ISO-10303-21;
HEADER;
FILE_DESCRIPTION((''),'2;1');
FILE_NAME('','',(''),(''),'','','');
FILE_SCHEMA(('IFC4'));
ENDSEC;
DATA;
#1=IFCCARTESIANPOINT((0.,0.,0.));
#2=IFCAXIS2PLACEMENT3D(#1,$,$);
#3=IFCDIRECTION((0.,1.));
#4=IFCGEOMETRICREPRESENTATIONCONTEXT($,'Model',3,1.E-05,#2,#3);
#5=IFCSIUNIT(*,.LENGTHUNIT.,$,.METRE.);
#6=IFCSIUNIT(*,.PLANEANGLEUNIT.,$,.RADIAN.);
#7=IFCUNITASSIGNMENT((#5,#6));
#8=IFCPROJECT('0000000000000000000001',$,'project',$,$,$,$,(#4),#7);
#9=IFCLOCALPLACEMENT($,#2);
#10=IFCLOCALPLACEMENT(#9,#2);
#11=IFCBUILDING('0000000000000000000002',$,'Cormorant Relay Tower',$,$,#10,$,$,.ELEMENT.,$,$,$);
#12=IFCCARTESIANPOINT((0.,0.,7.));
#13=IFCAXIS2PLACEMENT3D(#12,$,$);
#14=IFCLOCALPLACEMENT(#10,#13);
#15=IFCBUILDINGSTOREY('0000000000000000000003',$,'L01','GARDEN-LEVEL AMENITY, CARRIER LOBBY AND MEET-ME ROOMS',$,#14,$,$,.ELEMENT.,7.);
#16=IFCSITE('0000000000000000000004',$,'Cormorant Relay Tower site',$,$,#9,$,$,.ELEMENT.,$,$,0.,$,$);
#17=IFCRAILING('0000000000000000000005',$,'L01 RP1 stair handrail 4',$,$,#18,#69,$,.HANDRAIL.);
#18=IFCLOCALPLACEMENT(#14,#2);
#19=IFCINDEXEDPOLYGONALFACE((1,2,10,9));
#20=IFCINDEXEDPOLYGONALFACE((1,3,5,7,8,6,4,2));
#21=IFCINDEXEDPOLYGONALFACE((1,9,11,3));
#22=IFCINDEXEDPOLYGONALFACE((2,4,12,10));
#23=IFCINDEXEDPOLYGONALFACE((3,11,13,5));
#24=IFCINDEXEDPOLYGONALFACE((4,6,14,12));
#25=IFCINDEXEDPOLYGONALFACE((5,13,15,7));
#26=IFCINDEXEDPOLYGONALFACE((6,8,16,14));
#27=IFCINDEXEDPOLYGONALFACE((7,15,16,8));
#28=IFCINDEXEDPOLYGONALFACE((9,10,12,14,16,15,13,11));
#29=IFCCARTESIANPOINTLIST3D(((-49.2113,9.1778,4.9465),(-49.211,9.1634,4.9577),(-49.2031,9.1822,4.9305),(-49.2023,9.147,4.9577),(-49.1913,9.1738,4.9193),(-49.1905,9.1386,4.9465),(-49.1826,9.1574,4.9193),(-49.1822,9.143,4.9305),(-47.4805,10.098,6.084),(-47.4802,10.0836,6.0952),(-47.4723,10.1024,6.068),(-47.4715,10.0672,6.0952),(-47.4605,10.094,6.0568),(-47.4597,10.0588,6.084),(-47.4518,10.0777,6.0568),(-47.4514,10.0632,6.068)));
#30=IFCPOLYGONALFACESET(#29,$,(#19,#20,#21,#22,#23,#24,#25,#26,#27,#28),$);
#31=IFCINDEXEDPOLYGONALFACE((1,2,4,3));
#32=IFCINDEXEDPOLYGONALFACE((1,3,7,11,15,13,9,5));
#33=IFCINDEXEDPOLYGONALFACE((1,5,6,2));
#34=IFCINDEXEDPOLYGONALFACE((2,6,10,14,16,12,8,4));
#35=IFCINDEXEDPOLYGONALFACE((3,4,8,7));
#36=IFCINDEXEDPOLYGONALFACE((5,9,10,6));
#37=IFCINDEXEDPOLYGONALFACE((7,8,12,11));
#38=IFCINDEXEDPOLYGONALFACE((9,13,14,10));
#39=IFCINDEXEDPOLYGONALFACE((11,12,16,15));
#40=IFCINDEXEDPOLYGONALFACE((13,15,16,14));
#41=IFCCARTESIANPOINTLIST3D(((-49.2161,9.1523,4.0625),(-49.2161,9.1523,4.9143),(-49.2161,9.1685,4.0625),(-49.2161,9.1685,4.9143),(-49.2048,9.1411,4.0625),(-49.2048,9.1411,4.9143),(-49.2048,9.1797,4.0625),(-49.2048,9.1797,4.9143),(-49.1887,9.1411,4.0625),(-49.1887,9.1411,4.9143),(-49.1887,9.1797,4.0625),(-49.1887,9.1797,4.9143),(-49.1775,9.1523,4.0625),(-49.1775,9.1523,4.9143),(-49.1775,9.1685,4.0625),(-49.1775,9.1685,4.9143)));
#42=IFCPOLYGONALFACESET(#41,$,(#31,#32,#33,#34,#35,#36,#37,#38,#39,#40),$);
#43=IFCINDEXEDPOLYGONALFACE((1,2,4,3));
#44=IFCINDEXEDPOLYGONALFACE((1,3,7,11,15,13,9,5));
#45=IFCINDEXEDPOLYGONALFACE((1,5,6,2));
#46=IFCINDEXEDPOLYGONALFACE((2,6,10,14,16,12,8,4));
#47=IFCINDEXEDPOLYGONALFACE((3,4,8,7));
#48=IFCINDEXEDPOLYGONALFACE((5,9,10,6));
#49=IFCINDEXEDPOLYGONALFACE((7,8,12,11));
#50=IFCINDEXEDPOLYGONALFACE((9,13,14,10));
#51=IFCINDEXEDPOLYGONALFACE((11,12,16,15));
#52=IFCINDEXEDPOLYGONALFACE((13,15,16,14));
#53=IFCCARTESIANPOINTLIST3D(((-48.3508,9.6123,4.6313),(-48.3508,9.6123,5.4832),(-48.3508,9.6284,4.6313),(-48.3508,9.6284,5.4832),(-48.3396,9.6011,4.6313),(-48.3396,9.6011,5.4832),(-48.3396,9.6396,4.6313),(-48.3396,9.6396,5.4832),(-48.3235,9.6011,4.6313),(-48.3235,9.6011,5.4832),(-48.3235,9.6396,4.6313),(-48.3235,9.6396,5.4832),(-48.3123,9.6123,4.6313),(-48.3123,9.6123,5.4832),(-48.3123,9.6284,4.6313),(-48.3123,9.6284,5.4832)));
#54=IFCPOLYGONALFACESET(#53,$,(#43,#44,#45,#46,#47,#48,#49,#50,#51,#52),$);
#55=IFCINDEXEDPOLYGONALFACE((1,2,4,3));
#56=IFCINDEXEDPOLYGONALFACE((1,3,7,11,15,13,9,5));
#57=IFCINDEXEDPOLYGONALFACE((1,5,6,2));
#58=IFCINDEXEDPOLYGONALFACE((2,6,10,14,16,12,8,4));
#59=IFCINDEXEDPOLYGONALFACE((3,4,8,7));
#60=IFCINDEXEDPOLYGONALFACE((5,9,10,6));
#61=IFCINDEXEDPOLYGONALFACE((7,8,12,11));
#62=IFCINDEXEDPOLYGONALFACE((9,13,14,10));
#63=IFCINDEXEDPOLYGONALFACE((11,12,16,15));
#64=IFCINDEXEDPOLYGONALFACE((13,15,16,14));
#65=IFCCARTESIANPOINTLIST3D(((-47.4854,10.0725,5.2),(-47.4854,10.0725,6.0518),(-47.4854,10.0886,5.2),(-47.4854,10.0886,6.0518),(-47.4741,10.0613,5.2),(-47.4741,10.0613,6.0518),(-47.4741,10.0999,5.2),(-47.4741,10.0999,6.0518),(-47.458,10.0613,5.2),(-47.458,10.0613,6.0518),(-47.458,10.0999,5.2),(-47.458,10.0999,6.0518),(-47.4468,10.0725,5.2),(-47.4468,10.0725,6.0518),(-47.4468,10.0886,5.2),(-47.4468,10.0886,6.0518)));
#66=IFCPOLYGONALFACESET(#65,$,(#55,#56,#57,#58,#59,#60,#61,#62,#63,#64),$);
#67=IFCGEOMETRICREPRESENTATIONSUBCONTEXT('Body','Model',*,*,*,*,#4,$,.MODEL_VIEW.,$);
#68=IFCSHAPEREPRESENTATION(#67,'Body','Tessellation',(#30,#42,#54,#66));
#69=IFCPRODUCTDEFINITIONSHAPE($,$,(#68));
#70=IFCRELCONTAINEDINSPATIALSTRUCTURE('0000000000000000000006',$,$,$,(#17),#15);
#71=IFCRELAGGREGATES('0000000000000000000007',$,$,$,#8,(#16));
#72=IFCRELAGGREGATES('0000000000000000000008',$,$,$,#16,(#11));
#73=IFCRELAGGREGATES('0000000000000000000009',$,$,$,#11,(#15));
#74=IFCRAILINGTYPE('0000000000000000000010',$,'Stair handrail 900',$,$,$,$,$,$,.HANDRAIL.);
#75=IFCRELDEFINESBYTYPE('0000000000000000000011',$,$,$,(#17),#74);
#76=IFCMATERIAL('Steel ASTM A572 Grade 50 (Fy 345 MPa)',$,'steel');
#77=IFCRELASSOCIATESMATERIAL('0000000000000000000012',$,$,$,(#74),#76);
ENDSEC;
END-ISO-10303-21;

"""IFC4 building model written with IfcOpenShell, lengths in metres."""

from ifc_helpers import new_model, si_unit, direction, frame, origin, place, context, subcontext, project, spatial, polyline, outline, extrude, material, type_object, element, save


model = new_model("IFC4")

# Units and contexts
model_context = context("Model", 3, precision=1e-05, world=origin(), true_north=direction((0.0, 1.0)))
body_context = subcontext(model_context, "Body", "Model", "MODEL_VIEW")
ifc_project = project(units=[si_unit("LENGTHUNIT", "METRE"), si_unit("PLANEANGLEUNIT", "RADIAN")], contexts=[model_context])

# Site, building, storey
site_placement = place(None, origin())
site = spatial("IfcSite", under=ifc_project, at=site_placement, Name="Cormorant Relay Tower site", CompositionType="ELEMENT", RefElevation=0.0)
building_placement = place(site_placement, origin())
building = spatial("IfcBuilding", under=site, at=building_placement, Name="Cormorant Relay Tower", CompositionType="ELEMENT")
storey_placement = place(building_placement, frame((0.0, 0.0, 7.0)))
storey = spatial("IfcBuildingStorey", under=building, at=storey_placement, Name="L01", Description="GARDEN-LEVEL AMENITY, CARRIER LOBBY AND MEET-ME ROOMS", CompositionType="ELEMENT", Elevation=7.0)

# Railing
ifc_material_1 = material(Name="Steel ASTM A572 Grade 50 (Fy 345 MPa)", Category="steel")
railing_type_1 = type_object("IfcRailingType", Name="Stair handrail 900", PredefinedType="HANDRAIL", material=ifc_material_1)
railing_1_placement = place(storey_placement, frame((-49.1968, 9.1604, 4.0625)))
element("IfcRailing", 1, at=railing_1_placement, inside=storey, type_object=railing_type_1, Name="L01 RP1 stair handrail 4", PredefinedType="HANDRAIL", context=body_context, shape_type="SweptSolid", body=[
    extrude(outline(polyline([(0.0222, 0.0093), (0.0093, 0.0222), (-0.0093, 0.0222), (-0.0222, 0.0093), (-0.0222, -0.0093), (-0.0093, -0.0222), (0.0093, -0.0222), (0.0222, -0.0093), (0.0222, 0.0093)])), frame((0.0, 0.0, 0.876), z_axis=(0.763692, 0.406031, 0.50191), x_axis=(-0.469444, 0.882962, 0.0)), (0.0, 0.0, 1.0), 2.2664),
    extrude(outline(polyline([(0.0193, 0.0081), (0.0081, 0.0193), (-0.0081, 0.0193), (-0.0193, 0.0081), (-0.0193, -0.0081), (-0.0081, -0.0193), (0.0081, -0.0193), (0.0193, -0.0081), (0.0193, 0.0081)])), origin(), (0.0, 0.0, 1.0), 0.8518),
    extrude(outline(polyline([(0.0193, 0.0081), (0.0081, 0.0193), (-0.0081, 0.0193), (-0.0193, 0.0081), (-0.0193, -0.0081), (-0.0081, -0.0193), (0.0081, -0.0193), (0.0193, -0.0081), (0.0193, 0.0081)])), frame((0.8652, 0.46, 0.5688)), (0.0, 0.0, 1.0), 0.8518),
    extrude(outline(polyline([(0.0193, 0.0081), (0.0081, 0.0193), (-0.0081, 0.0193), (-0.0193, 0.0081), (-0.0193, -0.0081), (-0.0081, -0.0193), (0.0081, -0.0193), (0.0193, -0.0081), (0.0193, 0.0081)])), frame((1.7307, 0.9202, 1.1375)), (0.0, 0.0, 1.0), 0.8518),
])

save(model, "model.ifc")
